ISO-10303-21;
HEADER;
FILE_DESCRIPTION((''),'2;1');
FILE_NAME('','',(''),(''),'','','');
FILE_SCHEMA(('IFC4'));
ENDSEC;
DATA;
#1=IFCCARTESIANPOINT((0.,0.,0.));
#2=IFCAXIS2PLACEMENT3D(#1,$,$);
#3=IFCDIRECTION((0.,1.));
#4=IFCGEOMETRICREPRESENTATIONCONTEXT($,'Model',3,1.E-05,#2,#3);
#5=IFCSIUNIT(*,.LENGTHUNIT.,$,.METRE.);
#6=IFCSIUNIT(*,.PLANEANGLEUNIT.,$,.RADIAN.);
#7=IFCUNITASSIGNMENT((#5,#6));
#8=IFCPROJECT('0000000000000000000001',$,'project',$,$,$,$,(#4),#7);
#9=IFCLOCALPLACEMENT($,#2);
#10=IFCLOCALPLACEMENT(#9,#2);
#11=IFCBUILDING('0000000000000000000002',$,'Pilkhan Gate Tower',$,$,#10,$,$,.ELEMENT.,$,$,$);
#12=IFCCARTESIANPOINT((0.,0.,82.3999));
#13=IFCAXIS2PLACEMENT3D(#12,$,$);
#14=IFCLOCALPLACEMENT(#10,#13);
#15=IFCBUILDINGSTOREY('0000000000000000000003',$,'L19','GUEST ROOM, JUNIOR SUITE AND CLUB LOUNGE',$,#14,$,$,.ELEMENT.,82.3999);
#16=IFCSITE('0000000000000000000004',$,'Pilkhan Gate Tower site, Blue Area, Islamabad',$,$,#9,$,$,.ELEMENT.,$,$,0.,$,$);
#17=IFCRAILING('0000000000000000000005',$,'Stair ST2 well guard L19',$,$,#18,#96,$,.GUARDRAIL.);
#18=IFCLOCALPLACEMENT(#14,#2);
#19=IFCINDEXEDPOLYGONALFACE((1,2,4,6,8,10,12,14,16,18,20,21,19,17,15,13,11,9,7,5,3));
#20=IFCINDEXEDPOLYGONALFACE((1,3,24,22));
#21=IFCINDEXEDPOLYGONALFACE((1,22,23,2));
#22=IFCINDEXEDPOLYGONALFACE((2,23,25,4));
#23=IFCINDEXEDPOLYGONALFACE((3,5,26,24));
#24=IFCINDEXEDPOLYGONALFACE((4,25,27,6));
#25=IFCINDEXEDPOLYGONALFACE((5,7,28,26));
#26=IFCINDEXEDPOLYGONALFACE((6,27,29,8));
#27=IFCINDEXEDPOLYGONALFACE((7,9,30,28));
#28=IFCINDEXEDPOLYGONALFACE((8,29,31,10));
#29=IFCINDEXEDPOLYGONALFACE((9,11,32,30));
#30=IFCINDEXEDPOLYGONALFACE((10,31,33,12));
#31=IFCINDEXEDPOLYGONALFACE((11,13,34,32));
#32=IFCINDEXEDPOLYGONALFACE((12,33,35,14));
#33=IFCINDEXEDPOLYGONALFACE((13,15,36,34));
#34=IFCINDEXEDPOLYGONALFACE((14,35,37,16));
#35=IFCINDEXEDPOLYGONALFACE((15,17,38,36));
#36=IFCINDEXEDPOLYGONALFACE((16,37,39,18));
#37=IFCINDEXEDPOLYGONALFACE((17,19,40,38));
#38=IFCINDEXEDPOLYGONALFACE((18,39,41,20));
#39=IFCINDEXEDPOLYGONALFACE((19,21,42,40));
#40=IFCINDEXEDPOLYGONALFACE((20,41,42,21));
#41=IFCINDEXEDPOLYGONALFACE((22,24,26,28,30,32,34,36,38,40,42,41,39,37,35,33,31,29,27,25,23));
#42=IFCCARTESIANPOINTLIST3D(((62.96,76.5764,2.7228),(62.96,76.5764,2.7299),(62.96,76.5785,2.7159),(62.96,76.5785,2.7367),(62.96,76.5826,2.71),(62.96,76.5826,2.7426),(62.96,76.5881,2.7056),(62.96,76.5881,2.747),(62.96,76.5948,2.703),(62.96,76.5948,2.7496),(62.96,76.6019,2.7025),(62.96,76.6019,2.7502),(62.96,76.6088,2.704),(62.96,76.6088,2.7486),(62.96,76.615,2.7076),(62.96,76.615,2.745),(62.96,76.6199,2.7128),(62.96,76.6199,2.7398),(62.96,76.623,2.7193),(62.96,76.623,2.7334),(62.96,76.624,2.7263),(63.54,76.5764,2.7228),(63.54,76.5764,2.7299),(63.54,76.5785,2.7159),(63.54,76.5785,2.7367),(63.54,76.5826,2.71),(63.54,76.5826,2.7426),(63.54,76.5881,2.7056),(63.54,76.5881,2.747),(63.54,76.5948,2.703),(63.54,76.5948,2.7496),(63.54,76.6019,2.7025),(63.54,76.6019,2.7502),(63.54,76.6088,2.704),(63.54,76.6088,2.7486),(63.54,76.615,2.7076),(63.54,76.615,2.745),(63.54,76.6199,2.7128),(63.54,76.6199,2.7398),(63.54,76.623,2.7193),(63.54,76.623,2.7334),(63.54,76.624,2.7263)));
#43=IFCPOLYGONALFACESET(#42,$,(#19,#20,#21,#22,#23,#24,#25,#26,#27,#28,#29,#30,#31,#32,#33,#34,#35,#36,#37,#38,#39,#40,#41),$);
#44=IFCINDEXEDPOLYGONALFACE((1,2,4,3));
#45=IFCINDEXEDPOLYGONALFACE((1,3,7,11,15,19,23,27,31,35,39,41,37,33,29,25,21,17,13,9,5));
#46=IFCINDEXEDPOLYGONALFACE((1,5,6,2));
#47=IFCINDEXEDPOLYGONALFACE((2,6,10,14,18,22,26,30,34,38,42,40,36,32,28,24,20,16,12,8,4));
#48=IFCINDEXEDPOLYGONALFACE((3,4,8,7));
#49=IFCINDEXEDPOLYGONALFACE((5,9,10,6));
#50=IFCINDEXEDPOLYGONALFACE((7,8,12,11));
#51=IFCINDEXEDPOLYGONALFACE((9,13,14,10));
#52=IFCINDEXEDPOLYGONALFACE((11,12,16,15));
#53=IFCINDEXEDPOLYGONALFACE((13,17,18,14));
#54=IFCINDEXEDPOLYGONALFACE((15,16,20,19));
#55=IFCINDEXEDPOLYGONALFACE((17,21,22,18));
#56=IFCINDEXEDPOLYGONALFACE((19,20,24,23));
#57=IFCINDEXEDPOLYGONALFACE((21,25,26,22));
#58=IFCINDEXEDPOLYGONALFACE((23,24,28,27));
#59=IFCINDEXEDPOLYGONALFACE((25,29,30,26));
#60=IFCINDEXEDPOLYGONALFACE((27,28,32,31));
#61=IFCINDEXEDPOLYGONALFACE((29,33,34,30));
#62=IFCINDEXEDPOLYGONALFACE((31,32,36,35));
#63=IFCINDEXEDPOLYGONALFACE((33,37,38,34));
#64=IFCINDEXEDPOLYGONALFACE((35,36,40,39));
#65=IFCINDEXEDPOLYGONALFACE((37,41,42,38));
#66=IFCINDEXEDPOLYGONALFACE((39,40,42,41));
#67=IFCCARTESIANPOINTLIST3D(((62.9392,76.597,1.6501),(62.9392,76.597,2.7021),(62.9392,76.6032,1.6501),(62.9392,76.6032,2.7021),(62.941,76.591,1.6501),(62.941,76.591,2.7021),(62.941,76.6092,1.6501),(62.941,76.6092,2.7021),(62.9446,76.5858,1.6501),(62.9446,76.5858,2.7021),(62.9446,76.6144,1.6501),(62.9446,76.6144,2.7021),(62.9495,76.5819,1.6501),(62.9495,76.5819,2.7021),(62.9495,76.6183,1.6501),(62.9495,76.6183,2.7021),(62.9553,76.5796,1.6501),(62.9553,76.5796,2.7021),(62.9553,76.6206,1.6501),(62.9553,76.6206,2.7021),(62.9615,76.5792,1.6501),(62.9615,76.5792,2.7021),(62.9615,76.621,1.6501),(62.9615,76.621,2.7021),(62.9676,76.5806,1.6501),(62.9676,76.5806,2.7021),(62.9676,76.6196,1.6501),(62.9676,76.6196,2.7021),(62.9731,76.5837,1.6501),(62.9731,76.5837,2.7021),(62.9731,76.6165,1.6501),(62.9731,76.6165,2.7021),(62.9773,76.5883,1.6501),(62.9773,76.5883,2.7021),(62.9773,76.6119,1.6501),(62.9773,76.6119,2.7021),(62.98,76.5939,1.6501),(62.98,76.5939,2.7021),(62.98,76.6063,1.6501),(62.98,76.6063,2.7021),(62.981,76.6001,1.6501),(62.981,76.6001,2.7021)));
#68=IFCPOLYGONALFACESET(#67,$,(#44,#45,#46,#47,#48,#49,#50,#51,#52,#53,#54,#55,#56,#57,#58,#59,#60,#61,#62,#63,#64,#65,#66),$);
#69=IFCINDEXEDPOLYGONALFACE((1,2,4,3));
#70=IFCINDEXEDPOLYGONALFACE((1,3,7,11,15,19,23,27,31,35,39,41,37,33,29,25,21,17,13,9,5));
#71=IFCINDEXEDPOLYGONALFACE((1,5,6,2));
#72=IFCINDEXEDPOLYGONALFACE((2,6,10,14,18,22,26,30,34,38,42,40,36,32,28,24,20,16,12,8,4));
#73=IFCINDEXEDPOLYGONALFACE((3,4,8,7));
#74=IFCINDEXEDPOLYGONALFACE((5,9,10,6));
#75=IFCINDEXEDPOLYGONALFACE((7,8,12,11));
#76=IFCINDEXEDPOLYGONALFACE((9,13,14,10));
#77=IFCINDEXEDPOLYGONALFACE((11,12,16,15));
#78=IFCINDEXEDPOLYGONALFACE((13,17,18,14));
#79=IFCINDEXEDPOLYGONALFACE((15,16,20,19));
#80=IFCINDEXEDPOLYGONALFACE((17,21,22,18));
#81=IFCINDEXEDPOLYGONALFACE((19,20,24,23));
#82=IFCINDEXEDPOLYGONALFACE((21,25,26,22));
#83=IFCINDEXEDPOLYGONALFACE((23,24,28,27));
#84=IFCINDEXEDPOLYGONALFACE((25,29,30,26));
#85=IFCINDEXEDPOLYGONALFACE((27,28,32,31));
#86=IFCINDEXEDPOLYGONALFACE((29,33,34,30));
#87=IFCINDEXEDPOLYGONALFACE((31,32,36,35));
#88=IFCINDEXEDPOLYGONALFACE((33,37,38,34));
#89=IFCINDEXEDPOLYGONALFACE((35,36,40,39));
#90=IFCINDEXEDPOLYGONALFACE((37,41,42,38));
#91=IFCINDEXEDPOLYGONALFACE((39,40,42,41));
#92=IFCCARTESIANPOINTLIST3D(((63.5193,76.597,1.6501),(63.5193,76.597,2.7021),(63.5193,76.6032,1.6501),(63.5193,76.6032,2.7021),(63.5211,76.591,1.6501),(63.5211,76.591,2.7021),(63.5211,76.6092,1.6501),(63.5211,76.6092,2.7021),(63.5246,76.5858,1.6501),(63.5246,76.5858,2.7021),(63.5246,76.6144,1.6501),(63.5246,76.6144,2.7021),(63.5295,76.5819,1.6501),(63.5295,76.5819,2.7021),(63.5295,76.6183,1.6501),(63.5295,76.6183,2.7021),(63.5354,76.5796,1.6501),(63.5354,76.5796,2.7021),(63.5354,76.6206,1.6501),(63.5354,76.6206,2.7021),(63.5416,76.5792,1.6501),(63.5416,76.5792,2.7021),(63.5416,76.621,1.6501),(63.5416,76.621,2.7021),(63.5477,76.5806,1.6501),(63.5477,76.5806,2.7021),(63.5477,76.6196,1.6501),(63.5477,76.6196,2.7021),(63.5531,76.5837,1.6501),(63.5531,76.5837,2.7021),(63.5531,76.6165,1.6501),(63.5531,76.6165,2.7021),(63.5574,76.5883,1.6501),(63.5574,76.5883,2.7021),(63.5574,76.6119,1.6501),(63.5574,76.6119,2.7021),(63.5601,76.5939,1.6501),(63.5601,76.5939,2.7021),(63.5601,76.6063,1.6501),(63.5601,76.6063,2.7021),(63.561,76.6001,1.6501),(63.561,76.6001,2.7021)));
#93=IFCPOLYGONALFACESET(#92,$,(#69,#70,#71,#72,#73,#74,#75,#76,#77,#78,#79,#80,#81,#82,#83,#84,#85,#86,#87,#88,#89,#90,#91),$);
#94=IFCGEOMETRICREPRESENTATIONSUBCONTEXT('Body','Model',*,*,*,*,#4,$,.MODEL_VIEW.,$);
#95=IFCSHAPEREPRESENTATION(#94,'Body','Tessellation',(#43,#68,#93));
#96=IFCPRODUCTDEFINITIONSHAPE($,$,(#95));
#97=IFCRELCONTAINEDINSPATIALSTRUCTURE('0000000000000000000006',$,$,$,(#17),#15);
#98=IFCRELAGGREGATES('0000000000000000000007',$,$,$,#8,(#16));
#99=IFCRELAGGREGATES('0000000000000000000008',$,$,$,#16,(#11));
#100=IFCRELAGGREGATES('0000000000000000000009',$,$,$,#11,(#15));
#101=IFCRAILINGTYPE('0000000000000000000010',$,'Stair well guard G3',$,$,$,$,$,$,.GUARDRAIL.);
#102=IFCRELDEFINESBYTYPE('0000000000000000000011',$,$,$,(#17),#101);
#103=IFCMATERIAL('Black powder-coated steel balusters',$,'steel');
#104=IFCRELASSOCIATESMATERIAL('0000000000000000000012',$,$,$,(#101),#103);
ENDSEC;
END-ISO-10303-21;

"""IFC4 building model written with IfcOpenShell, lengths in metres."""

from ifc_helpers import new_model, si_unit, direction, frame, origin, origin_2d, place, context, subcontext, project, spatial, circle, extrude, material, type_object, element, save


model = new_model("IFC4")

# Units and contexts
model_context = context("Model", 3, precision=1e-05, world=origin(), true_north=direction((0.0, 1.0)))
body_context = subcontext(model_context, "Body", "Model", "MODEL_VIEW")
ifc_project = project(units=[si_unit("LENGTHUNIT", "METRE"), si_unit("PLANEANGLEUNIT", "RADIAN")], contexts=[model_context])

# Site, building, storey
site_placement = place(None, origin())
site = spatial("IfcSite", under=ifc_project, at=site_placement, Name="Pilkhan Gate Tower site, Blue Area, Islamabad", CompositionType="ELEMENT", RefElevation=0.0)
building_placement = place(site_placement, origin())
building = spatial("IfcBuilding", under=site, at=building_placement, Name="Pilkhan Gate Tower", CompositionType="ELEMENT")
storey_placement = place(building_placement, frame((0.0, 0.0, 82.3999)))
storey = spatial("IfcBuildingStorey", under=building, at=storey_placement, Name="L19", Description="GUEST ROOM, JUNIOR SUITE AND CLUB LOUNGE", CompositionType="ELEMENT", Elevation=82.3999)

# Railing
ifc_material_1 = material(Name="Black powder-coated steel balusters", Category="steel")
railing_type_1 = type_object("IfcRailingType", Name="Stair well guard G3", PredefinedType="GUARDRAIL", material=ifc_material_1)
for number, where, name in (
    (1, (62.96, 76.6001, 1.6501), "Stair ST2 well guard L19"),
):
    element("IfcRailing", number, at=place(storey_placement, frame(where)), inside=storey, type_object=railing_type_1, Name=name, PredefinedType="GUARDRAIL", context=body_context, shape_type="SweptSolid", body=[
        extrude(circle(Radius=0.0239, at=origin_2d()), frame((0.0, 0.0, 1.0762), z_axis=(1.0, 0.0, 0.0), x_axis=(0.0, 1.0, 0.0)), (0.0, 0.0, 1.0), 0.5801),
        extrude(circle(Radius=0.021, at=origin_2d()), origin(), (0.0, 0.0, 1.0), 1.052),
        extrude(circle(Radius=0.021, at=origin_2d()), frame((0.5801, 0.0, 0.0)), (0.0, 0.0, 1.0), 1.052),
    ])

save(model, "model.ifc")
